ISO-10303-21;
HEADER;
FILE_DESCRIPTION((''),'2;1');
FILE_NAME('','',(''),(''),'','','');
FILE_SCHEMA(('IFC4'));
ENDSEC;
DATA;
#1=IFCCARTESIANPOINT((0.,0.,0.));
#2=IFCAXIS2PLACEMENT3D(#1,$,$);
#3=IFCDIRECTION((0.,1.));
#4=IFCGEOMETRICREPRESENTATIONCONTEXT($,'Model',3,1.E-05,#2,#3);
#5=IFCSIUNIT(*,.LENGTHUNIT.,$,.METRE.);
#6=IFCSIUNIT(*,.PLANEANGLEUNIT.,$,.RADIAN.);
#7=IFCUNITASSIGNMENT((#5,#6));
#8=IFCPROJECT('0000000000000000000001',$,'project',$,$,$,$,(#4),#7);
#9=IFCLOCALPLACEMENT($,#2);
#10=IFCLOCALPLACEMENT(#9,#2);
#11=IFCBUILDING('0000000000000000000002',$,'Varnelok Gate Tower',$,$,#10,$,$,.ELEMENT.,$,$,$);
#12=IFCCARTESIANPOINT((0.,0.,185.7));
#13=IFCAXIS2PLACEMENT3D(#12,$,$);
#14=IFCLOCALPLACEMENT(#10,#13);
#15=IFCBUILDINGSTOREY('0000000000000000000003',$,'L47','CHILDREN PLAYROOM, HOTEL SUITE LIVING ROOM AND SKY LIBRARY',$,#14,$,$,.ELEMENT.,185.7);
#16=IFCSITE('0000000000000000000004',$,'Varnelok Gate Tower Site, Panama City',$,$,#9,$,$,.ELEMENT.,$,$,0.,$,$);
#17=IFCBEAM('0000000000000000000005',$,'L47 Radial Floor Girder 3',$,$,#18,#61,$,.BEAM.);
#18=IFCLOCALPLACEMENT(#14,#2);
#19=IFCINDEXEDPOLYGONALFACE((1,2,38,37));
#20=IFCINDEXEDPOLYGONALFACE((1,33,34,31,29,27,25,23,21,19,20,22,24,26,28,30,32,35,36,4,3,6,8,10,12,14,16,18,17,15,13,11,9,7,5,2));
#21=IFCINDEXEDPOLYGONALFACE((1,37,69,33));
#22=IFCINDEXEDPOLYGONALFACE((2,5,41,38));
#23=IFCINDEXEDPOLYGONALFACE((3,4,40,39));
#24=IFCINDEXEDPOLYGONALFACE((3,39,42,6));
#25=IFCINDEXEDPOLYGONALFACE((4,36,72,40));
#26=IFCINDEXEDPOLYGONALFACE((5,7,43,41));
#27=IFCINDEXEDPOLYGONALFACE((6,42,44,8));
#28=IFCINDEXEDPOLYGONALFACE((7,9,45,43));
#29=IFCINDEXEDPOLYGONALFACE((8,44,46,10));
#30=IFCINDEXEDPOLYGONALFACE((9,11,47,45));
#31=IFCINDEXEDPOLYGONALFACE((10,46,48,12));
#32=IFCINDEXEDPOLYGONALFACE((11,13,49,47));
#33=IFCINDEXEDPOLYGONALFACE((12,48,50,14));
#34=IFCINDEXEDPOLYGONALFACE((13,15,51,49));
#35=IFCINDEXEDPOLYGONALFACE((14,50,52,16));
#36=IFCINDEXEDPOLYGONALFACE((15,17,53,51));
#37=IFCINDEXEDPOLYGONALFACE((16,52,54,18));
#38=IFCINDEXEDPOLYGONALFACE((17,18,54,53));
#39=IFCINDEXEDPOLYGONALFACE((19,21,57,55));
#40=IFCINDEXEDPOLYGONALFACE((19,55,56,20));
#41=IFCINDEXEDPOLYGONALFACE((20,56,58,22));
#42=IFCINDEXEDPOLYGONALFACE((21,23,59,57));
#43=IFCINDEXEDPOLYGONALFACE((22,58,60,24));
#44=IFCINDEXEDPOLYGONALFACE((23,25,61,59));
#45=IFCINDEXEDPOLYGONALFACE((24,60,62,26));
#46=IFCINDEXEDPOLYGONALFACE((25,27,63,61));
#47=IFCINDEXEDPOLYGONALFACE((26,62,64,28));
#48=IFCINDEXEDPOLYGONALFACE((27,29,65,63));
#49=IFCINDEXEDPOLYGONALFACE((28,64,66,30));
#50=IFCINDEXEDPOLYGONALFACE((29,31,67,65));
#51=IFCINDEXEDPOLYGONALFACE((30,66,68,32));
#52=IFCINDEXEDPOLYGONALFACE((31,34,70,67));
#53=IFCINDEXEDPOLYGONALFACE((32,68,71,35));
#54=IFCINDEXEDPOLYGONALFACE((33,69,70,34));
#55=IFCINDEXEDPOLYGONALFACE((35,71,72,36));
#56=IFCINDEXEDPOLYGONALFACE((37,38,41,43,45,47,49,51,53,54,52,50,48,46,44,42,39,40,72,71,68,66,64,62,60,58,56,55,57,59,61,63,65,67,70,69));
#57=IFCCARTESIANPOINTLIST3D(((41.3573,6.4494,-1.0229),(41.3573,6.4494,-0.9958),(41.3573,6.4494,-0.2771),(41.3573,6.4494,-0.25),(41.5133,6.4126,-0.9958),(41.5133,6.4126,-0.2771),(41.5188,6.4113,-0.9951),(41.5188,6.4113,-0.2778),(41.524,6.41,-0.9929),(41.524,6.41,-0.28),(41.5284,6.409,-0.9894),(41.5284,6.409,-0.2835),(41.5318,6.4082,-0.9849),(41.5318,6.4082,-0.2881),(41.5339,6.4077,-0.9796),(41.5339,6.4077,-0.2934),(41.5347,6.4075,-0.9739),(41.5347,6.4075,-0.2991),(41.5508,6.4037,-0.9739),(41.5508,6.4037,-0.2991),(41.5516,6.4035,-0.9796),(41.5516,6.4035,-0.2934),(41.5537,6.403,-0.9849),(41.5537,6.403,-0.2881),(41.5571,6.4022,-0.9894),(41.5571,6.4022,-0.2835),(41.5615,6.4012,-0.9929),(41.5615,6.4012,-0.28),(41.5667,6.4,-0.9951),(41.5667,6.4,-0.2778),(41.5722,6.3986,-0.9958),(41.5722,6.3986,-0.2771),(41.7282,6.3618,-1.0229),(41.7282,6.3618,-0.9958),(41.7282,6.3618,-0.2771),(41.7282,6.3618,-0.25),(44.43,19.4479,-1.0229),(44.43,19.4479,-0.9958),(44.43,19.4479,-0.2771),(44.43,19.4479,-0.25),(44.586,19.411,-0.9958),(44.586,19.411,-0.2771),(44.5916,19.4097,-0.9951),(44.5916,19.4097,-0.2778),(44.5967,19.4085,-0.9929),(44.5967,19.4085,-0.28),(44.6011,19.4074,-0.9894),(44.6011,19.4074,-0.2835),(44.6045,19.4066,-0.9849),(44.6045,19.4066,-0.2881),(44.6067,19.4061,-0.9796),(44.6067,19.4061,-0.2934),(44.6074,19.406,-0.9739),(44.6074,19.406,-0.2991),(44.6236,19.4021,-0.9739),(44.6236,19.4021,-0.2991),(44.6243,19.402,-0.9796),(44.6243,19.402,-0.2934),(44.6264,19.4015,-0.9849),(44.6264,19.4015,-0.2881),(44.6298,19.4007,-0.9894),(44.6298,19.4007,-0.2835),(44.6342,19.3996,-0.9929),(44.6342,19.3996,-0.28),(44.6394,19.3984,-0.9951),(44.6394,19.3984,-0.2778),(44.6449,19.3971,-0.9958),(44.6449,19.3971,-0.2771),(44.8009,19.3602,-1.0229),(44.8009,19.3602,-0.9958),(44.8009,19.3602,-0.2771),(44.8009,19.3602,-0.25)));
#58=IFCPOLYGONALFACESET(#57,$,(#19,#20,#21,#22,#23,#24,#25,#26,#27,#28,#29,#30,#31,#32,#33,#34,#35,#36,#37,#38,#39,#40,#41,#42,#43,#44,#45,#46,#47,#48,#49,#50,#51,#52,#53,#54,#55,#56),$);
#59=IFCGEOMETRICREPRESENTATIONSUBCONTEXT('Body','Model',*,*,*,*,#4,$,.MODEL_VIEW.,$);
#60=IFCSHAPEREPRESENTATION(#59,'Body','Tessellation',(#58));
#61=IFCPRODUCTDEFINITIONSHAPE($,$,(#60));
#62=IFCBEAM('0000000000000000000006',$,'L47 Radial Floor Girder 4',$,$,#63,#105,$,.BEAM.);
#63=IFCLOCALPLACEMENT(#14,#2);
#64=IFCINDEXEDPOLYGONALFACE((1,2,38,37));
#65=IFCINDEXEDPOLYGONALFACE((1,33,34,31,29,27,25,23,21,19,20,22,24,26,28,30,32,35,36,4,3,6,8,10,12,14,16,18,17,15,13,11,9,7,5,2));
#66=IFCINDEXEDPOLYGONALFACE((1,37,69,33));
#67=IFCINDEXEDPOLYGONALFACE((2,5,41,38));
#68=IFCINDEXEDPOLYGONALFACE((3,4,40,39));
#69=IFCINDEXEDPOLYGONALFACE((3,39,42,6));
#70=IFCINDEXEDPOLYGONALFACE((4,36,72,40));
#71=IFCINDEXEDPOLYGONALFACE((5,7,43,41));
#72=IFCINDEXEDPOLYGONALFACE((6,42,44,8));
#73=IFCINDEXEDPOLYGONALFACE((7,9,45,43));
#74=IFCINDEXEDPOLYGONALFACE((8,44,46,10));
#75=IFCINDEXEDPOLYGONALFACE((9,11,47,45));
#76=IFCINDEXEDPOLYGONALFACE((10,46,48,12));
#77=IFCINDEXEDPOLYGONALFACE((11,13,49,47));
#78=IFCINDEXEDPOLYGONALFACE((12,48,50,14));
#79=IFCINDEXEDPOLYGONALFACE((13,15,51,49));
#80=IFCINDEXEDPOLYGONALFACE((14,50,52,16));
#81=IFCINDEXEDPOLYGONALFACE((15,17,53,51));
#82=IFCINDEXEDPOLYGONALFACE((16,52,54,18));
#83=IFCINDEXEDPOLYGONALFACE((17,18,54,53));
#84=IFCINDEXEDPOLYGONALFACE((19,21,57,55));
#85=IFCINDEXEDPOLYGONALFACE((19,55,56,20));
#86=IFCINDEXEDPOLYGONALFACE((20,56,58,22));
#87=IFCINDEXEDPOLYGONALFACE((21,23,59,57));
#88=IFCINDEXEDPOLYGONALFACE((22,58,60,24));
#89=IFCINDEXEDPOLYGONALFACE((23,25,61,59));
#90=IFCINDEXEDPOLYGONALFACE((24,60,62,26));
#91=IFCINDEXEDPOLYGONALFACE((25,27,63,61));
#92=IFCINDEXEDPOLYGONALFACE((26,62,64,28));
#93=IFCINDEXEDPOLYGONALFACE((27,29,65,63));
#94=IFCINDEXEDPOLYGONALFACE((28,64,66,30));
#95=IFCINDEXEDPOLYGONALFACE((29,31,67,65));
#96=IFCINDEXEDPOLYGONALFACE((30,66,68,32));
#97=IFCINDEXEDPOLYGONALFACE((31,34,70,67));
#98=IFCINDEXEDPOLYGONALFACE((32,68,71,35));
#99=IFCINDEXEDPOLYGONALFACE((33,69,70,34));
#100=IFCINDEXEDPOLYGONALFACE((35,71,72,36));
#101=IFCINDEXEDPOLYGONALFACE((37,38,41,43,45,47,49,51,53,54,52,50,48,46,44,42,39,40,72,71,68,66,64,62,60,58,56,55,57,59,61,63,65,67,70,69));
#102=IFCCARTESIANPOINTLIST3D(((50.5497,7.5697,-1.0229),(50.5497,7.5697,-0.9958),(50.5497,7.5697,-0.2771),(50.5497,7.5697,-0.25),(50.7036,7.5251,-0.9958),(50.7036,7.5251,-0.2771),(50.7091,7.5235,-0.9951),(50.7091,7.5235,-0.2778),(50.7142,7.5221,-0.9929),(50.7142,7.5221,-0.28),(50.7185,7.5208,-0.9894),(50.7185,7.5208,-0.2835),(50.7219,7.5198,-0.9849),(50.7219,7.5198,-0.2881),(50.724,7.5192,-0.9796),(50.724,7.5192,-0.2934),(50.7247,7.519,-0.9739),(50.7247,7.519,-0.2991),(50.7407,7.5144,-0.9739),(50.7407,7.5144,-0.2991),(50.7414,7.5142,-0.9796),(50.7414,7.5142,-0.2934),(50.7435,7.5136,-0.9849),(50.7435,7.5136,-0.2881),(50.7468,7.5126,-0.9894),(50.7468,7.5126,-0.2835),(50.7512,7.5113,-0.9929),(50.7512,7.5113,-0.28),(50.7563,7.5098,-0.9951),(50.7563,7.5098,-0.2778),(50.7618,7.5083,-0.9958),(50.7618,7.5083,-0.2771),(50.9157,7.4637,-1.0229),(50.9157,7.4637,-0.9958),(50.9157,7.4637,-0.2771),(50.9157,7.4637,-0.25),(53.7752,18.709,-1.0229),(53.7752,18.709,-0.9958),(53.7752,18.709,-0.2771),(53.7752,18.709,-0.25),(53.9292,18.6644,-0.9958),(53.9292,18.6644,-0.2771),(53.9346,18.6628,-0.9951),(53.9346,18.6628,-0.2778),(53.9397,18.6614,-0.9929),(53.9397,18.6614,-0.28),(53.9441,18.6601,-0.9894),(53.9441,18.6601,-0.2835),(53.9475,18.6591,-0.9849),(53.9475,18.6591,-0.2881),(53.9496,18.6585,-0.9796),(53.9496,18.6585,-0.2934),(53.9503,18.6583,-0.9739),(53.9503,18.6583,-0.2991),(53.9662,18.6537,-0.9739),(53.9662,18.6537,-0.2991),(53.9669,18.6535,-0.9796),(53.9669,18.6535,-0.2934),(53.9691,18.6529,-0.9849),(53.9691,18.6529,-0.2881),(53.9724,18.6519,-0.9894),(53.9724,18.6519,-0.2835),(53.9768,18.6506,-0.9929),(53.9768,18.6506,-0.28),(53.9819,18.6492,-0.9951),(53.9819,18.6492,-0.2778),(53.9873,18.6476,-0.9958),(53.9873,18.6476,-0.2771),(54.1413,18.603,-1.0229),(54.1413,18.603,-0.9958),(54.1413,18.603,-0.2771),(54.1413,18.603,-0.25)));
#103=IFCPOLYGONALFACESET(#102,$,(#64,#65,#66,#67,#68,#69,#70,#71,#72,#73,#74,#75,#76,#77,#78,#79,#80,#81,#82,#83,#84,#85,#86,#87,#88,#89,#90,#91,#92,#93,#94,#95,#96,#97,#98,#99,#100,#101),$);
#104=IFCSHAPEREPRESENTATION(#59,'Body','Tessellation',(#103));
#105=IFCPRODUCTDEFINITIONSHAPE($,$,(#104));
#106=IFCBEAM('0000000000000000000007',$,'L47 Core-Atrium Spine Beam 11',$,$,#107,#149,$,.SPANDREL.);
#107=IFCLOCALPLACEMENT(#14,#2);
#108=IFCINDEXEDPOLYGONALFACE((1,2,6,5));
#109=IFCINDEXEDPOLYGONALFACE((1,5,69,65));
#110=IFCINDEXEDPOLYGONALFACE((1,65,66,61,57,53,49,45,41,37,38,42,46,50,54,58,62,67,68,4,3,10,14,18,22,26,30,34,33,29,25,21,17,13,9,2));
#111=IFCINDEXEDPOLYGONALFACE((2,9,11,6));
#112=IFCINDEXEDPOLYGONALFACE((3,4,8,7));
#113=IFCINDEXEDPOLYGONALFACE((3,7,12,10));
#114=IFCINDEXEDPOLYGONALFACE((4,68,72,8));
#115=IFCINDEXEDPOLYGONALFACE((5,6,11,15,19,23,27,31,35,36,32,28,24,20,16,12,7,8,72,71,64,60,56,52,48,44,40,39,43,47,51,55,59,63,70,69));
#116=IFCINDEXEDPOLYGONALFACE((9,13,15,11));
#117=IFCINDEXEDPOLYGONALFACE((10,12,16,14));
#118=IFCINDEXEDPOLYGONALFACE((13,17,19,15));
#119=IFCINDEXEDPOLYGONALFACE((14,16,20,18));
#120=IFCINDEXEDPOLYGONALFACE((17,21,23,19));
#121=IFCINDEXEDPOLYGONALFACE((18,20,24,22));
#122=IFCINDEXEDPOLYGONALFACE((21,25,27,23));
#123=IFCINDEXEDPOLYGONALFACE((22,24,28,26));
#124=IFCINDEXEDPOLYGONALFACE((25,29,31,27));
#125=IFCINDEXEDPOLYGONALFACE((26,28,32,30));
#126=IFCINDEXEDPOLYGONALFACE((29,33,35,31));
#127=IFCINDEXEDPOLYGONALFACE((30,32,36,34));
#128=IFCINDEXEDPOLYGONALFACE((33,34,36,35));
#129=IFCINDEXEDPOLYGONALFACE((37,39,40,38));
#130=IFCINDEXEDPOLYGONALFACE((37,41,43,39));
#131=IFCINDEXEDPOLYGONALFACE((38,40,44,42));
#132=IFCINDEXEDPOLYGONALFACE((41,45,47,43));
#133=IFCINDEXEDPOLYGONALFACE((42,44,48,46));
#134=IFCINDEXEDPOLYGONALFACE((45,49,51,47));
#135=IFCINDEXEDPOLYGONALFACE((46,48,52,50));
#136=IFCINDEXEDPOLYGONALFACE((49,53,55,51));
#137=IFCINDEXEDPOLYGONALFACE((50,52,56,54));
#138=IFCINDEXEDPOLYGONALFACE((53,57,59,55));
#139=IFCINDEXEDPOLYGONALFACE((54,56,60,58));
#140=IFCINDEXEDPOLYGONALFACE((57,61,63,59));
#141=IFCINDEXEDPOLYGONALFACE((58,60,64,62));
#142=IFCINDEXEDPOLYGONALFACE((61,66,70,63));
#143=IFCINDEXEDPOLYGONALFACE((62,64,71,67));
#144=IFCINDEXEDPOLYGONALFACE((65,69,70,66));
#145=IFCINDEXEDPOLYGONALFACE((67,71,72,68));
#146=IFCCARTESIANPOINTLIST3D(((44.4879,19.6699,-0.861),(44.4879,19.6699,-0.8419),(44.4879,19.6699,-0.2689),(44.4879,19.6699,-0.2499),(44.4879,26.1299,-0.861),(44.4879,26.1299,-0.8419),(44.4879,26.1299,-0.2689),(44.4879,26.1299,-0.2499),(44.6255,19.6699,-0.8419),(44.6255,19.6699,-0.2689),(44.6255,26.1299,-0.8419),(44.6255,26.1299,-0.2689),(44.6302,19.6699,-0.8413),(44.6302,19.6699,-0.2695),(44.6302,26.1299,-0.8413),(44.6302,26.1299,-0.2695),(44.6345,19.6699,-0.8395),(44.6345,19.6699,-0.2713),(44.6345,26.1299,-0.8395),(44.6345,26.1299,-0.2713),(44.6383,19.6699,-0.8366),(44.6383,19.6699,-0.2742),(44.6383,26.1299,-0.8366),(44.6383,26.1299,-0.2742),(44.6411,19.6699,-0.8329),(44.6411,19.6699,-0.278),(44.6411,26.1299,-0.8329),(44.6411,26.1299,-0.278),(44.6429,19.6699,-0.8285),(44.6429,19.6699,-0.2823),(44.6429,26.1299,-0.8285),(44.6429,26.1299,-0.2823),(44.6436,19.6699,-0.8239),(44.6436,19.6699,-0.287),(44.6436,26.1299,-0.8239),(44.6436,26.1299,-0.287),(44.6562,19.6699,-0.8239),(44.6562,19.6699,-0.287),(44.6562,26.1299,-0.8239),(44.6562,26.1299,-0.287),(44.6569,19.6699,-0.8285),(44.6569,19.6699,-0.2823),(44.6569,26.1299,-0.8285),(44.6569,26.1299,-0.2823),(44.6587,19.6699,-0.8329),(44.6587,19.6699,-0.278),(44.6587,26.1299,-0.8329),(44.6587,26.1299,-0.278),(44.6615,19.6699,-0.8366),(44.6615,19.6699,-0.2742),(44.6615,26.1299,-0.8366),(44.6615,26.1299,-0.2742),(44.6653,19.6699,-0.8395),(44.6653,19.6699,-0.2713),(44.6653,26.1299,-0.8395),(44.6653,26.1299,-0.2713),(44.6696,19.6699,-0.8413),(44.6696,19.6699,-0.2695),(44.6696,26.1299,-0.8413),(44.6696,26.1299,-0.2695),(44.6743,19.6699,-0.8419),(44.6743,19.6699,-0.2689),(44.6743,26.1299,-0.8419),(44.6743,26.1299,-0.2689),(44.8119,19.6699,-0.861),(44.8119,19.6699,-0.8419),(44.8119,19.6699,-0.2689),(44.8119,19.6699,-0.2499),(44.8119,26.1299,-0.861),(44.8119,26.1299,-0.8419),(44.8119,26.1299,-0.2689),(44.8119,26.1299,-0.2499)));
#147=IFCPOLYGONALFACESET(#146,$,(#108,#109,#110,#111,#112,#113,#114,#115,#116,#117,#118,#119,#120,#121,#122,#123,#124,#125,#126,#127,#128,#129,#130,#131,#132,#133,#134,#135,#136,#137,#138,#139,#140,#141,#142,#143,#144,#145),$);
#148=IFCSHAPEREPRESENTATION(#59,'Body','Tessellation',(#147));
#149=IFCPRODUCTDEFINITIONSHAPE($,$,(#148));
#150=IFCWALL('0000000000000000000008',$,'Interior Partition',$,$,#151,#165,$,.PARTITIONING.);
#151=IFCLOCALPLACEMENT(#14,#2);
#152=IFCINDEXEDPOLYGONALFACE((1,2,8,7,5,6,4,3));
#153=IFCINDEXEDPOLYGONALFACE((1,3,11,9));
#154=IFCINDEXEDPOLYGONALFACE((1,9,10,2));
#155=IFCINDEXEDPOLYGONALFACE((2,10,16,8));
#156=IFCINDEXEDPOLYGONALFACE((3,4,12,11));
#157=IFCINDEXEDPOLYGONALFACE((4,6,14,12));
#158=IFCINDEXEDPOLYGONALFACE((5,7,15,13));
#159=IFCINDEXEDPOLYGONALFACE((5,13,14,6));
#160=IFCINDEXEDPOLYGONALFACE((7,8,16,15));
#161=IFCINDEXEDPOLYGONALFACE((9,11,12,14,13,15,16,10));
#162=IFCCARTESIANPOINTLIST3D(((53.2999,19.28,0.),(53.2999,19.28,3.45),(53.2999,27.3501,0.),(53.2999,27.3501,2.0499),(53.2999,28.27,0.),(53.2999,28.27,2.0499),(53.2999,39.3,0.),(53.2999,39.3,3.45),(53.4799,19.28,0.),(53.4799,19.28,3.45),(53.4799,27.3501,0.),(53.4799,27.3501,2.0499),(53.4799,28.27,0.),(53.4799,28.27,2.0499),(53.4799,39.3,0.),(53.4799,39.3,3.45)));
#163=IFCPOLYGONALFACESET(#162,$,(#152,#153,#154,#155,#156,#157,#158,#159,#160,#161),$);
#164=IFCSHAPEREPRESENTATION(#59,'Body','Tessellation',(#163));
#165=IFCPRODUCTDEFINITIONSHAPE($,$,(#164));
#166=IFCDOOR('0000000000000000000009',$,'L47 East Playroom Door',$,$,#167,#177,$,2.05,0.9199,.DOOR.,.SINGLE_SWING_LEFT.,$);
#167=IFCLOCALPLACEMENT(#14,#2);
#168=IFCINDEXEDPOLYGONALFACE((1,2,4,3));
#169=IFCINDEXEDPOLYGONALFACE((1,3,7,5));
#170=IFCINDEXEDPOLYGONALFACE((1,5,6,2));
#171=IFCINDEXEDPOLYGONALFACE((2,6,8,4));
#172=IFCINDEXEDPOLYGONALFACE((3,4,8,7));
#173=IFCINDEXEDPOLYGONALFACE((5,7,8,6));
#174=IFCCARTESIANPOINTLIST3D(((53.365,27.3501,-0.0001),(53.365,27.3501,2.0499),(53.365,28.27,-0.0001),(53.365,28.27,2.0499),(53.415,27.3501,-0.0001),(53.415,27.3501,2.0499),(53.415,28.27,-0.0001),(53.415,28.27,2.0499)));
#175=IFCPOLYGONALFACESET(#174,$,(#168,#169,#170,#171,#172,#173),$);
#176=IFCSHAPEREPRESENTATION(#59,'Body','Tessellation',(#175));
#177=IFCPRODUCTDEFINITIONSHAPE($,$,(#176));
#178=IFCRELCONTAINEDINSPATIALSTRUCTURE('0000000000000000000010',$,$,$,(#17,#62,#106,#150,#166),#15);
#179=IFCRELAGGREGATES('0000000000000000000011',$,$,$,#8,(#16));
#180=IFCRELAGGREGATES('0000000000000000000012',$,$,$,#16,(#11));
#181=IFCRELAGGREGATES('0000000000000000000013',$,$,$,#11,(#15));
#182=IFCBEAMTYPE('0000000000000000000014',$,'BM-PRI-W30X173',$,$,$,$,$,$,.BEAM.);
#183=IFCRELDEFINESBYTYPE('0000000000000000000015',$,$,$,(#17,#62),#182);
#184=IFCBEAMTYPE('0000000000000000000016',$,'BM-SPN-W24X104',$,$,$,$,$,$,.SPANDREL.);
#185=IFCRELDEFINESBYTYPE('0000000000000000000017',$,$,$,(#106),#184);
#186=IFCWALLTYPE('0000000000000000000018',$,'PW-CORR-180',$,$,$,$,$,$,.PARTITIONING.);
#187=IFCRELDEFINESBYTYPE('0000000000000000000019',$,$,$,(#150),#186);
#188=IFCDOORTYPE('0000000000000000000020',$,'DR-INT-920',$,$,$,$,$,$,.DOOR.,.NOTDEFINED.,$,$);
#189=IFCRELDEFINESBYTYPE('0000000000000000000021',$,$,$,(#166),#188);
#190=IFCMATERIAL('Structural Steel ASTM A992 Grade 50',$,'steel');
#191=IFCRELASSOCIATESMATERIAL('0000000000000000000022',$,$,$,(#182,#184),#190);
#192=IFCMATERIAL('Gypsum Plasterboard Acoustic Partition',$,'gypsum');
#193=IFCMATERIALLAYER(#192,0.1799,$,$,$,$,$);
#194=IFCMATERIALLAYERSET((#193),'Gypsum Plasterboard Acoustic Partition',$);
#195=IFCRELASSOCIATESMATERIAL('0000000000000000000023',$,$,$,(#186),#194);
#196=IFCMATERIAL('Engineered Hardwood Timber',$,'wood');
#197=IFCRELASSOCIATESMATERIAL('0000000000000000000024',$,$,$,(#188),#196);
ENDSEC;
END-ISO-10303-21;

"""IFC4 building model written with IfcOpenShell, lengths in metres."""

from ifc_helpers import new_model, si_unit, direction, frame, frame_2d, origin, origin_2d, place, context, subcontext, project, spatial, rectangle, i_section, extrude, material, layer, layer_set, material_profile, profile_set, type_object, element, fill, save


model = new_model("IFC4")

# Units and contexts
model_context = context("Model", 3, precision=1e-05, world=origin(), true_north=direction((0.0, 1.0)))
body_context = subcontext(model_context, "Body", "Model", "MODEL_VIEW")
ifc_project = project(units=[si_unit("LENGTHUNIT", "METRE"), si_unit("PLANEANGLEUNIT", "RADIAN")], contexts=[model_context])

# Site, building, storey
site_placement = place(None, origin())
site = spatial("IfcSite", under=ifc_project, at=site_placement, Name="Varnelok Gate Tower Site, Panama City", CompositionType="ELEMENT", RefElevation=0.0)
building_placement = place(site_placement, origin())
building = spatial("IfcBuilding", under=site, at=building_placement, Name="Varnelok Gate Tower", CompositionType="ELEMENT")
storey_placement = place(building_placement, frame((0.0, 0.0, 185.7)))
storey = spatial("IfcBuildingStorey", under=building, at=storey_placement, Name="L47", Description="CHILDREN PLAYROOM, HOTEL SUITE LIVING ROOM AND SKY LIBRARY", CompositionType="ELEMENT", Elevation=185.7)

# Shared definitions
ifc_material_1 = material(Name="Structural Steel ASTM A992 Grade 50", Category="steel")

# Beams
ifc_material_profile_1 = material_profile(ifc_material_1, i_section(OverallWidth=0.3811, OverallDepth=0.7729, WebThickness=0.0166, FlangeThickness=0.0271, FilletRadius=0.022, at=origin_2d()), Name="W30X173")
ifc_profile_set_1 = profile_set([ifc_material_profile_1], Name="Structural Steel ASTM A992 Grade 50")
beam_type_1 = type_object("IfcBeamType", Name="BM-PRI-W30X173", PredefinedType="BEAM", material=ifc_profile_set_1)
beam_1_placement = place(storey_placement, frame((44.6155, 19.4041, -0.6365), z_axis=(-0.230052, -0.973178, 0.0), x_axis=(0.973178, -0.230052, 0.0)))
element("IfcBeam", 1, at=beam_1_placement, inside=storey, type_object=beam_type_1, Name="L47 Radial Floor Girder 3", PredefinedType="BEAM", context=body_context, shape_type="SweptSolid", body=[
    extrude(i_section(OverallWidth=0.3811, OverallDepth=0.7729, WebThickness=0.0166, FlangeThickness=0.0271, FilletRadius=0.022, at=origin_2d()), origin(), (0.0, 0.0, 1.0), 13.3567),
])
beam_2_placement = place(storey_placement, frame((53.9583, 18.656, -0.6365), z_axis=(-0.278139, -0.960541, 0.0), x_axis=(0.960541, -0.278139, 0.0)))
element("IfcBeam", 2, at=beam_2_placement, inside=storey, type_object=beam_type_1, Name="L47 Radial Floor Girder 4", PredefinedType="BEAM", context=body_context, shape_type="SweptSolid", body=[
    extrude(i_section(OverallWidth=0.3811, OverallDepth=0.7729, WebThickness=0.0166, FlangeThickness=0.0271, FilletRadius=0.022, at=origin_2d()), origin(), (0.0, 0.0, 1.0), 11.5969),
])
ifc_material_profile_2 = material_profile(ifc_material_1, i_section(OverallWidth=0.324, OverallDepth=0.6111, WebThickness=0.0127, FlangeThickness=0.019, FilletRadius=0.0181, at=origin_2d()), Name="W24X104")
ifc_profile_set_2 = profile_set([ifc_material_profile_2], Name="Structural Steel ASTM A992 Grade 50")
beam_type_2 = type_object("IfcBeamType", Name="BM-SPN-W24X104", PredefinedType="SPANDREL", material=ifc_profile_set_2)
beam_3_placement = place(storey_placement, frame((44.6499, 19.6699, -0.5554), z_axis=(0.0, 1.0, 0.0), x_axis=(-1.0, 0.0, 0.0)))
element("IfcBeam", 3, at=beam_3_placement, inside=storey, type_object=beam_type_2, Name="L47 Core-Atrium Spine Beam 11", PredefinedType="SPANDREL", context=body_context, shape_type="SweptSolid", body=[
    extrude(i_section(OverallWidth=0.324, OverallDepth=0.6111, WebThickness=0.0127, FlangeThickness=0.019, FilletRadius=0.0181, at=origin_2d()), origin(), (0.0, 0.0, 1.0), 6.46),
])

# Wall, opening, door
ifc_material_2 = material(Name="Gypsum Plasterboard Acoustic Partition", Category="gypsum")
ifc_layer_1 = layer(ifc_material_2, 0.1799)
ifc_layer_set_1 = layer_set([ifc_layer_1], Name="Gypsum Plasterboard Acoustic Partition")
wall_type_1 = type_object("IfcWallType", Name="PW-CORR-180", PredefinedType="PARTITIONING", material=ifc_layer_set_1)
wall_1_placement = place(storey_placement, frame((53.3899, 19.28, 0.0), z_axis=(0.0, 0.0, 1.0), x_axis=(0.0, 1.0, 0.0)))
wall_1 = element("IfcWall", 4, at=wall_1_placement, inside=storey, type_object=wall_type_1, Name="Interior Partition", PredefinedType="PARTITIONING", context=body_context, shape_type="SweptSolid", body=[
    extrude(rectangle(XDim=20.02, YDim=0.1799, at=frame_2d((10.01, 0.0))), origin(), (0.0, 0.0, 1.0), 3.45),
])
opening_placement = place(wall_1_placement, frame((8.0701, 0.0, 0.0)))
opening = element("IfcOpeningElement", 5, at=opening_placement, cuts=wall_1, PredefinedType="OPENING", context=body_context, shape_type="SweptSolid", body=[
    extrude(rectangle(XDim=0.9199, YDim=2.05, at=frame_2d((0.46, 1.0249))), frame((0.0, 0.0999, 0.0), z_axis=(0.0, -1.0, 0.0), x_axis=(1.0, 0.0, 0.0)), (0.0, 0.0, 1.0), 0.2),
])
ifc_material_3 = material(Name="Engineered Hardwood Timber", Category="wood")
door_type = type_object("IfcDoorType", Name="DR-INT-920", OperationType="NOTDEFINED", PredefinedType="DOOR", material=ifc_material_3)
door_placement = place(opening_placement, origin())
door = element("IfcDoor", 6, at=door_placement, inside=storey, type_object=door_type, Name="L47 East Playroom Door", OperationType="SINGLE_SWING_LEFT", OverallHeight=2.05, OverallWidth=0.9199, PredefinedType="DOOR", context=body_context, shape_type="SweptSolid", body=[
    extrude(rectangle(XDim=0.9199, YDim=2.05, at=frame_2d((0.46, 1.0249))), frame((0.0, 0.0249, 0.0), z_axis=(0.0, -1.0, 0.0), x_axis=(1.0, 0.0, 0.0)), (0.0, 0.0, 1.0), 0.05),
])
fill(opening, door)

save(model, "model.ifc")
